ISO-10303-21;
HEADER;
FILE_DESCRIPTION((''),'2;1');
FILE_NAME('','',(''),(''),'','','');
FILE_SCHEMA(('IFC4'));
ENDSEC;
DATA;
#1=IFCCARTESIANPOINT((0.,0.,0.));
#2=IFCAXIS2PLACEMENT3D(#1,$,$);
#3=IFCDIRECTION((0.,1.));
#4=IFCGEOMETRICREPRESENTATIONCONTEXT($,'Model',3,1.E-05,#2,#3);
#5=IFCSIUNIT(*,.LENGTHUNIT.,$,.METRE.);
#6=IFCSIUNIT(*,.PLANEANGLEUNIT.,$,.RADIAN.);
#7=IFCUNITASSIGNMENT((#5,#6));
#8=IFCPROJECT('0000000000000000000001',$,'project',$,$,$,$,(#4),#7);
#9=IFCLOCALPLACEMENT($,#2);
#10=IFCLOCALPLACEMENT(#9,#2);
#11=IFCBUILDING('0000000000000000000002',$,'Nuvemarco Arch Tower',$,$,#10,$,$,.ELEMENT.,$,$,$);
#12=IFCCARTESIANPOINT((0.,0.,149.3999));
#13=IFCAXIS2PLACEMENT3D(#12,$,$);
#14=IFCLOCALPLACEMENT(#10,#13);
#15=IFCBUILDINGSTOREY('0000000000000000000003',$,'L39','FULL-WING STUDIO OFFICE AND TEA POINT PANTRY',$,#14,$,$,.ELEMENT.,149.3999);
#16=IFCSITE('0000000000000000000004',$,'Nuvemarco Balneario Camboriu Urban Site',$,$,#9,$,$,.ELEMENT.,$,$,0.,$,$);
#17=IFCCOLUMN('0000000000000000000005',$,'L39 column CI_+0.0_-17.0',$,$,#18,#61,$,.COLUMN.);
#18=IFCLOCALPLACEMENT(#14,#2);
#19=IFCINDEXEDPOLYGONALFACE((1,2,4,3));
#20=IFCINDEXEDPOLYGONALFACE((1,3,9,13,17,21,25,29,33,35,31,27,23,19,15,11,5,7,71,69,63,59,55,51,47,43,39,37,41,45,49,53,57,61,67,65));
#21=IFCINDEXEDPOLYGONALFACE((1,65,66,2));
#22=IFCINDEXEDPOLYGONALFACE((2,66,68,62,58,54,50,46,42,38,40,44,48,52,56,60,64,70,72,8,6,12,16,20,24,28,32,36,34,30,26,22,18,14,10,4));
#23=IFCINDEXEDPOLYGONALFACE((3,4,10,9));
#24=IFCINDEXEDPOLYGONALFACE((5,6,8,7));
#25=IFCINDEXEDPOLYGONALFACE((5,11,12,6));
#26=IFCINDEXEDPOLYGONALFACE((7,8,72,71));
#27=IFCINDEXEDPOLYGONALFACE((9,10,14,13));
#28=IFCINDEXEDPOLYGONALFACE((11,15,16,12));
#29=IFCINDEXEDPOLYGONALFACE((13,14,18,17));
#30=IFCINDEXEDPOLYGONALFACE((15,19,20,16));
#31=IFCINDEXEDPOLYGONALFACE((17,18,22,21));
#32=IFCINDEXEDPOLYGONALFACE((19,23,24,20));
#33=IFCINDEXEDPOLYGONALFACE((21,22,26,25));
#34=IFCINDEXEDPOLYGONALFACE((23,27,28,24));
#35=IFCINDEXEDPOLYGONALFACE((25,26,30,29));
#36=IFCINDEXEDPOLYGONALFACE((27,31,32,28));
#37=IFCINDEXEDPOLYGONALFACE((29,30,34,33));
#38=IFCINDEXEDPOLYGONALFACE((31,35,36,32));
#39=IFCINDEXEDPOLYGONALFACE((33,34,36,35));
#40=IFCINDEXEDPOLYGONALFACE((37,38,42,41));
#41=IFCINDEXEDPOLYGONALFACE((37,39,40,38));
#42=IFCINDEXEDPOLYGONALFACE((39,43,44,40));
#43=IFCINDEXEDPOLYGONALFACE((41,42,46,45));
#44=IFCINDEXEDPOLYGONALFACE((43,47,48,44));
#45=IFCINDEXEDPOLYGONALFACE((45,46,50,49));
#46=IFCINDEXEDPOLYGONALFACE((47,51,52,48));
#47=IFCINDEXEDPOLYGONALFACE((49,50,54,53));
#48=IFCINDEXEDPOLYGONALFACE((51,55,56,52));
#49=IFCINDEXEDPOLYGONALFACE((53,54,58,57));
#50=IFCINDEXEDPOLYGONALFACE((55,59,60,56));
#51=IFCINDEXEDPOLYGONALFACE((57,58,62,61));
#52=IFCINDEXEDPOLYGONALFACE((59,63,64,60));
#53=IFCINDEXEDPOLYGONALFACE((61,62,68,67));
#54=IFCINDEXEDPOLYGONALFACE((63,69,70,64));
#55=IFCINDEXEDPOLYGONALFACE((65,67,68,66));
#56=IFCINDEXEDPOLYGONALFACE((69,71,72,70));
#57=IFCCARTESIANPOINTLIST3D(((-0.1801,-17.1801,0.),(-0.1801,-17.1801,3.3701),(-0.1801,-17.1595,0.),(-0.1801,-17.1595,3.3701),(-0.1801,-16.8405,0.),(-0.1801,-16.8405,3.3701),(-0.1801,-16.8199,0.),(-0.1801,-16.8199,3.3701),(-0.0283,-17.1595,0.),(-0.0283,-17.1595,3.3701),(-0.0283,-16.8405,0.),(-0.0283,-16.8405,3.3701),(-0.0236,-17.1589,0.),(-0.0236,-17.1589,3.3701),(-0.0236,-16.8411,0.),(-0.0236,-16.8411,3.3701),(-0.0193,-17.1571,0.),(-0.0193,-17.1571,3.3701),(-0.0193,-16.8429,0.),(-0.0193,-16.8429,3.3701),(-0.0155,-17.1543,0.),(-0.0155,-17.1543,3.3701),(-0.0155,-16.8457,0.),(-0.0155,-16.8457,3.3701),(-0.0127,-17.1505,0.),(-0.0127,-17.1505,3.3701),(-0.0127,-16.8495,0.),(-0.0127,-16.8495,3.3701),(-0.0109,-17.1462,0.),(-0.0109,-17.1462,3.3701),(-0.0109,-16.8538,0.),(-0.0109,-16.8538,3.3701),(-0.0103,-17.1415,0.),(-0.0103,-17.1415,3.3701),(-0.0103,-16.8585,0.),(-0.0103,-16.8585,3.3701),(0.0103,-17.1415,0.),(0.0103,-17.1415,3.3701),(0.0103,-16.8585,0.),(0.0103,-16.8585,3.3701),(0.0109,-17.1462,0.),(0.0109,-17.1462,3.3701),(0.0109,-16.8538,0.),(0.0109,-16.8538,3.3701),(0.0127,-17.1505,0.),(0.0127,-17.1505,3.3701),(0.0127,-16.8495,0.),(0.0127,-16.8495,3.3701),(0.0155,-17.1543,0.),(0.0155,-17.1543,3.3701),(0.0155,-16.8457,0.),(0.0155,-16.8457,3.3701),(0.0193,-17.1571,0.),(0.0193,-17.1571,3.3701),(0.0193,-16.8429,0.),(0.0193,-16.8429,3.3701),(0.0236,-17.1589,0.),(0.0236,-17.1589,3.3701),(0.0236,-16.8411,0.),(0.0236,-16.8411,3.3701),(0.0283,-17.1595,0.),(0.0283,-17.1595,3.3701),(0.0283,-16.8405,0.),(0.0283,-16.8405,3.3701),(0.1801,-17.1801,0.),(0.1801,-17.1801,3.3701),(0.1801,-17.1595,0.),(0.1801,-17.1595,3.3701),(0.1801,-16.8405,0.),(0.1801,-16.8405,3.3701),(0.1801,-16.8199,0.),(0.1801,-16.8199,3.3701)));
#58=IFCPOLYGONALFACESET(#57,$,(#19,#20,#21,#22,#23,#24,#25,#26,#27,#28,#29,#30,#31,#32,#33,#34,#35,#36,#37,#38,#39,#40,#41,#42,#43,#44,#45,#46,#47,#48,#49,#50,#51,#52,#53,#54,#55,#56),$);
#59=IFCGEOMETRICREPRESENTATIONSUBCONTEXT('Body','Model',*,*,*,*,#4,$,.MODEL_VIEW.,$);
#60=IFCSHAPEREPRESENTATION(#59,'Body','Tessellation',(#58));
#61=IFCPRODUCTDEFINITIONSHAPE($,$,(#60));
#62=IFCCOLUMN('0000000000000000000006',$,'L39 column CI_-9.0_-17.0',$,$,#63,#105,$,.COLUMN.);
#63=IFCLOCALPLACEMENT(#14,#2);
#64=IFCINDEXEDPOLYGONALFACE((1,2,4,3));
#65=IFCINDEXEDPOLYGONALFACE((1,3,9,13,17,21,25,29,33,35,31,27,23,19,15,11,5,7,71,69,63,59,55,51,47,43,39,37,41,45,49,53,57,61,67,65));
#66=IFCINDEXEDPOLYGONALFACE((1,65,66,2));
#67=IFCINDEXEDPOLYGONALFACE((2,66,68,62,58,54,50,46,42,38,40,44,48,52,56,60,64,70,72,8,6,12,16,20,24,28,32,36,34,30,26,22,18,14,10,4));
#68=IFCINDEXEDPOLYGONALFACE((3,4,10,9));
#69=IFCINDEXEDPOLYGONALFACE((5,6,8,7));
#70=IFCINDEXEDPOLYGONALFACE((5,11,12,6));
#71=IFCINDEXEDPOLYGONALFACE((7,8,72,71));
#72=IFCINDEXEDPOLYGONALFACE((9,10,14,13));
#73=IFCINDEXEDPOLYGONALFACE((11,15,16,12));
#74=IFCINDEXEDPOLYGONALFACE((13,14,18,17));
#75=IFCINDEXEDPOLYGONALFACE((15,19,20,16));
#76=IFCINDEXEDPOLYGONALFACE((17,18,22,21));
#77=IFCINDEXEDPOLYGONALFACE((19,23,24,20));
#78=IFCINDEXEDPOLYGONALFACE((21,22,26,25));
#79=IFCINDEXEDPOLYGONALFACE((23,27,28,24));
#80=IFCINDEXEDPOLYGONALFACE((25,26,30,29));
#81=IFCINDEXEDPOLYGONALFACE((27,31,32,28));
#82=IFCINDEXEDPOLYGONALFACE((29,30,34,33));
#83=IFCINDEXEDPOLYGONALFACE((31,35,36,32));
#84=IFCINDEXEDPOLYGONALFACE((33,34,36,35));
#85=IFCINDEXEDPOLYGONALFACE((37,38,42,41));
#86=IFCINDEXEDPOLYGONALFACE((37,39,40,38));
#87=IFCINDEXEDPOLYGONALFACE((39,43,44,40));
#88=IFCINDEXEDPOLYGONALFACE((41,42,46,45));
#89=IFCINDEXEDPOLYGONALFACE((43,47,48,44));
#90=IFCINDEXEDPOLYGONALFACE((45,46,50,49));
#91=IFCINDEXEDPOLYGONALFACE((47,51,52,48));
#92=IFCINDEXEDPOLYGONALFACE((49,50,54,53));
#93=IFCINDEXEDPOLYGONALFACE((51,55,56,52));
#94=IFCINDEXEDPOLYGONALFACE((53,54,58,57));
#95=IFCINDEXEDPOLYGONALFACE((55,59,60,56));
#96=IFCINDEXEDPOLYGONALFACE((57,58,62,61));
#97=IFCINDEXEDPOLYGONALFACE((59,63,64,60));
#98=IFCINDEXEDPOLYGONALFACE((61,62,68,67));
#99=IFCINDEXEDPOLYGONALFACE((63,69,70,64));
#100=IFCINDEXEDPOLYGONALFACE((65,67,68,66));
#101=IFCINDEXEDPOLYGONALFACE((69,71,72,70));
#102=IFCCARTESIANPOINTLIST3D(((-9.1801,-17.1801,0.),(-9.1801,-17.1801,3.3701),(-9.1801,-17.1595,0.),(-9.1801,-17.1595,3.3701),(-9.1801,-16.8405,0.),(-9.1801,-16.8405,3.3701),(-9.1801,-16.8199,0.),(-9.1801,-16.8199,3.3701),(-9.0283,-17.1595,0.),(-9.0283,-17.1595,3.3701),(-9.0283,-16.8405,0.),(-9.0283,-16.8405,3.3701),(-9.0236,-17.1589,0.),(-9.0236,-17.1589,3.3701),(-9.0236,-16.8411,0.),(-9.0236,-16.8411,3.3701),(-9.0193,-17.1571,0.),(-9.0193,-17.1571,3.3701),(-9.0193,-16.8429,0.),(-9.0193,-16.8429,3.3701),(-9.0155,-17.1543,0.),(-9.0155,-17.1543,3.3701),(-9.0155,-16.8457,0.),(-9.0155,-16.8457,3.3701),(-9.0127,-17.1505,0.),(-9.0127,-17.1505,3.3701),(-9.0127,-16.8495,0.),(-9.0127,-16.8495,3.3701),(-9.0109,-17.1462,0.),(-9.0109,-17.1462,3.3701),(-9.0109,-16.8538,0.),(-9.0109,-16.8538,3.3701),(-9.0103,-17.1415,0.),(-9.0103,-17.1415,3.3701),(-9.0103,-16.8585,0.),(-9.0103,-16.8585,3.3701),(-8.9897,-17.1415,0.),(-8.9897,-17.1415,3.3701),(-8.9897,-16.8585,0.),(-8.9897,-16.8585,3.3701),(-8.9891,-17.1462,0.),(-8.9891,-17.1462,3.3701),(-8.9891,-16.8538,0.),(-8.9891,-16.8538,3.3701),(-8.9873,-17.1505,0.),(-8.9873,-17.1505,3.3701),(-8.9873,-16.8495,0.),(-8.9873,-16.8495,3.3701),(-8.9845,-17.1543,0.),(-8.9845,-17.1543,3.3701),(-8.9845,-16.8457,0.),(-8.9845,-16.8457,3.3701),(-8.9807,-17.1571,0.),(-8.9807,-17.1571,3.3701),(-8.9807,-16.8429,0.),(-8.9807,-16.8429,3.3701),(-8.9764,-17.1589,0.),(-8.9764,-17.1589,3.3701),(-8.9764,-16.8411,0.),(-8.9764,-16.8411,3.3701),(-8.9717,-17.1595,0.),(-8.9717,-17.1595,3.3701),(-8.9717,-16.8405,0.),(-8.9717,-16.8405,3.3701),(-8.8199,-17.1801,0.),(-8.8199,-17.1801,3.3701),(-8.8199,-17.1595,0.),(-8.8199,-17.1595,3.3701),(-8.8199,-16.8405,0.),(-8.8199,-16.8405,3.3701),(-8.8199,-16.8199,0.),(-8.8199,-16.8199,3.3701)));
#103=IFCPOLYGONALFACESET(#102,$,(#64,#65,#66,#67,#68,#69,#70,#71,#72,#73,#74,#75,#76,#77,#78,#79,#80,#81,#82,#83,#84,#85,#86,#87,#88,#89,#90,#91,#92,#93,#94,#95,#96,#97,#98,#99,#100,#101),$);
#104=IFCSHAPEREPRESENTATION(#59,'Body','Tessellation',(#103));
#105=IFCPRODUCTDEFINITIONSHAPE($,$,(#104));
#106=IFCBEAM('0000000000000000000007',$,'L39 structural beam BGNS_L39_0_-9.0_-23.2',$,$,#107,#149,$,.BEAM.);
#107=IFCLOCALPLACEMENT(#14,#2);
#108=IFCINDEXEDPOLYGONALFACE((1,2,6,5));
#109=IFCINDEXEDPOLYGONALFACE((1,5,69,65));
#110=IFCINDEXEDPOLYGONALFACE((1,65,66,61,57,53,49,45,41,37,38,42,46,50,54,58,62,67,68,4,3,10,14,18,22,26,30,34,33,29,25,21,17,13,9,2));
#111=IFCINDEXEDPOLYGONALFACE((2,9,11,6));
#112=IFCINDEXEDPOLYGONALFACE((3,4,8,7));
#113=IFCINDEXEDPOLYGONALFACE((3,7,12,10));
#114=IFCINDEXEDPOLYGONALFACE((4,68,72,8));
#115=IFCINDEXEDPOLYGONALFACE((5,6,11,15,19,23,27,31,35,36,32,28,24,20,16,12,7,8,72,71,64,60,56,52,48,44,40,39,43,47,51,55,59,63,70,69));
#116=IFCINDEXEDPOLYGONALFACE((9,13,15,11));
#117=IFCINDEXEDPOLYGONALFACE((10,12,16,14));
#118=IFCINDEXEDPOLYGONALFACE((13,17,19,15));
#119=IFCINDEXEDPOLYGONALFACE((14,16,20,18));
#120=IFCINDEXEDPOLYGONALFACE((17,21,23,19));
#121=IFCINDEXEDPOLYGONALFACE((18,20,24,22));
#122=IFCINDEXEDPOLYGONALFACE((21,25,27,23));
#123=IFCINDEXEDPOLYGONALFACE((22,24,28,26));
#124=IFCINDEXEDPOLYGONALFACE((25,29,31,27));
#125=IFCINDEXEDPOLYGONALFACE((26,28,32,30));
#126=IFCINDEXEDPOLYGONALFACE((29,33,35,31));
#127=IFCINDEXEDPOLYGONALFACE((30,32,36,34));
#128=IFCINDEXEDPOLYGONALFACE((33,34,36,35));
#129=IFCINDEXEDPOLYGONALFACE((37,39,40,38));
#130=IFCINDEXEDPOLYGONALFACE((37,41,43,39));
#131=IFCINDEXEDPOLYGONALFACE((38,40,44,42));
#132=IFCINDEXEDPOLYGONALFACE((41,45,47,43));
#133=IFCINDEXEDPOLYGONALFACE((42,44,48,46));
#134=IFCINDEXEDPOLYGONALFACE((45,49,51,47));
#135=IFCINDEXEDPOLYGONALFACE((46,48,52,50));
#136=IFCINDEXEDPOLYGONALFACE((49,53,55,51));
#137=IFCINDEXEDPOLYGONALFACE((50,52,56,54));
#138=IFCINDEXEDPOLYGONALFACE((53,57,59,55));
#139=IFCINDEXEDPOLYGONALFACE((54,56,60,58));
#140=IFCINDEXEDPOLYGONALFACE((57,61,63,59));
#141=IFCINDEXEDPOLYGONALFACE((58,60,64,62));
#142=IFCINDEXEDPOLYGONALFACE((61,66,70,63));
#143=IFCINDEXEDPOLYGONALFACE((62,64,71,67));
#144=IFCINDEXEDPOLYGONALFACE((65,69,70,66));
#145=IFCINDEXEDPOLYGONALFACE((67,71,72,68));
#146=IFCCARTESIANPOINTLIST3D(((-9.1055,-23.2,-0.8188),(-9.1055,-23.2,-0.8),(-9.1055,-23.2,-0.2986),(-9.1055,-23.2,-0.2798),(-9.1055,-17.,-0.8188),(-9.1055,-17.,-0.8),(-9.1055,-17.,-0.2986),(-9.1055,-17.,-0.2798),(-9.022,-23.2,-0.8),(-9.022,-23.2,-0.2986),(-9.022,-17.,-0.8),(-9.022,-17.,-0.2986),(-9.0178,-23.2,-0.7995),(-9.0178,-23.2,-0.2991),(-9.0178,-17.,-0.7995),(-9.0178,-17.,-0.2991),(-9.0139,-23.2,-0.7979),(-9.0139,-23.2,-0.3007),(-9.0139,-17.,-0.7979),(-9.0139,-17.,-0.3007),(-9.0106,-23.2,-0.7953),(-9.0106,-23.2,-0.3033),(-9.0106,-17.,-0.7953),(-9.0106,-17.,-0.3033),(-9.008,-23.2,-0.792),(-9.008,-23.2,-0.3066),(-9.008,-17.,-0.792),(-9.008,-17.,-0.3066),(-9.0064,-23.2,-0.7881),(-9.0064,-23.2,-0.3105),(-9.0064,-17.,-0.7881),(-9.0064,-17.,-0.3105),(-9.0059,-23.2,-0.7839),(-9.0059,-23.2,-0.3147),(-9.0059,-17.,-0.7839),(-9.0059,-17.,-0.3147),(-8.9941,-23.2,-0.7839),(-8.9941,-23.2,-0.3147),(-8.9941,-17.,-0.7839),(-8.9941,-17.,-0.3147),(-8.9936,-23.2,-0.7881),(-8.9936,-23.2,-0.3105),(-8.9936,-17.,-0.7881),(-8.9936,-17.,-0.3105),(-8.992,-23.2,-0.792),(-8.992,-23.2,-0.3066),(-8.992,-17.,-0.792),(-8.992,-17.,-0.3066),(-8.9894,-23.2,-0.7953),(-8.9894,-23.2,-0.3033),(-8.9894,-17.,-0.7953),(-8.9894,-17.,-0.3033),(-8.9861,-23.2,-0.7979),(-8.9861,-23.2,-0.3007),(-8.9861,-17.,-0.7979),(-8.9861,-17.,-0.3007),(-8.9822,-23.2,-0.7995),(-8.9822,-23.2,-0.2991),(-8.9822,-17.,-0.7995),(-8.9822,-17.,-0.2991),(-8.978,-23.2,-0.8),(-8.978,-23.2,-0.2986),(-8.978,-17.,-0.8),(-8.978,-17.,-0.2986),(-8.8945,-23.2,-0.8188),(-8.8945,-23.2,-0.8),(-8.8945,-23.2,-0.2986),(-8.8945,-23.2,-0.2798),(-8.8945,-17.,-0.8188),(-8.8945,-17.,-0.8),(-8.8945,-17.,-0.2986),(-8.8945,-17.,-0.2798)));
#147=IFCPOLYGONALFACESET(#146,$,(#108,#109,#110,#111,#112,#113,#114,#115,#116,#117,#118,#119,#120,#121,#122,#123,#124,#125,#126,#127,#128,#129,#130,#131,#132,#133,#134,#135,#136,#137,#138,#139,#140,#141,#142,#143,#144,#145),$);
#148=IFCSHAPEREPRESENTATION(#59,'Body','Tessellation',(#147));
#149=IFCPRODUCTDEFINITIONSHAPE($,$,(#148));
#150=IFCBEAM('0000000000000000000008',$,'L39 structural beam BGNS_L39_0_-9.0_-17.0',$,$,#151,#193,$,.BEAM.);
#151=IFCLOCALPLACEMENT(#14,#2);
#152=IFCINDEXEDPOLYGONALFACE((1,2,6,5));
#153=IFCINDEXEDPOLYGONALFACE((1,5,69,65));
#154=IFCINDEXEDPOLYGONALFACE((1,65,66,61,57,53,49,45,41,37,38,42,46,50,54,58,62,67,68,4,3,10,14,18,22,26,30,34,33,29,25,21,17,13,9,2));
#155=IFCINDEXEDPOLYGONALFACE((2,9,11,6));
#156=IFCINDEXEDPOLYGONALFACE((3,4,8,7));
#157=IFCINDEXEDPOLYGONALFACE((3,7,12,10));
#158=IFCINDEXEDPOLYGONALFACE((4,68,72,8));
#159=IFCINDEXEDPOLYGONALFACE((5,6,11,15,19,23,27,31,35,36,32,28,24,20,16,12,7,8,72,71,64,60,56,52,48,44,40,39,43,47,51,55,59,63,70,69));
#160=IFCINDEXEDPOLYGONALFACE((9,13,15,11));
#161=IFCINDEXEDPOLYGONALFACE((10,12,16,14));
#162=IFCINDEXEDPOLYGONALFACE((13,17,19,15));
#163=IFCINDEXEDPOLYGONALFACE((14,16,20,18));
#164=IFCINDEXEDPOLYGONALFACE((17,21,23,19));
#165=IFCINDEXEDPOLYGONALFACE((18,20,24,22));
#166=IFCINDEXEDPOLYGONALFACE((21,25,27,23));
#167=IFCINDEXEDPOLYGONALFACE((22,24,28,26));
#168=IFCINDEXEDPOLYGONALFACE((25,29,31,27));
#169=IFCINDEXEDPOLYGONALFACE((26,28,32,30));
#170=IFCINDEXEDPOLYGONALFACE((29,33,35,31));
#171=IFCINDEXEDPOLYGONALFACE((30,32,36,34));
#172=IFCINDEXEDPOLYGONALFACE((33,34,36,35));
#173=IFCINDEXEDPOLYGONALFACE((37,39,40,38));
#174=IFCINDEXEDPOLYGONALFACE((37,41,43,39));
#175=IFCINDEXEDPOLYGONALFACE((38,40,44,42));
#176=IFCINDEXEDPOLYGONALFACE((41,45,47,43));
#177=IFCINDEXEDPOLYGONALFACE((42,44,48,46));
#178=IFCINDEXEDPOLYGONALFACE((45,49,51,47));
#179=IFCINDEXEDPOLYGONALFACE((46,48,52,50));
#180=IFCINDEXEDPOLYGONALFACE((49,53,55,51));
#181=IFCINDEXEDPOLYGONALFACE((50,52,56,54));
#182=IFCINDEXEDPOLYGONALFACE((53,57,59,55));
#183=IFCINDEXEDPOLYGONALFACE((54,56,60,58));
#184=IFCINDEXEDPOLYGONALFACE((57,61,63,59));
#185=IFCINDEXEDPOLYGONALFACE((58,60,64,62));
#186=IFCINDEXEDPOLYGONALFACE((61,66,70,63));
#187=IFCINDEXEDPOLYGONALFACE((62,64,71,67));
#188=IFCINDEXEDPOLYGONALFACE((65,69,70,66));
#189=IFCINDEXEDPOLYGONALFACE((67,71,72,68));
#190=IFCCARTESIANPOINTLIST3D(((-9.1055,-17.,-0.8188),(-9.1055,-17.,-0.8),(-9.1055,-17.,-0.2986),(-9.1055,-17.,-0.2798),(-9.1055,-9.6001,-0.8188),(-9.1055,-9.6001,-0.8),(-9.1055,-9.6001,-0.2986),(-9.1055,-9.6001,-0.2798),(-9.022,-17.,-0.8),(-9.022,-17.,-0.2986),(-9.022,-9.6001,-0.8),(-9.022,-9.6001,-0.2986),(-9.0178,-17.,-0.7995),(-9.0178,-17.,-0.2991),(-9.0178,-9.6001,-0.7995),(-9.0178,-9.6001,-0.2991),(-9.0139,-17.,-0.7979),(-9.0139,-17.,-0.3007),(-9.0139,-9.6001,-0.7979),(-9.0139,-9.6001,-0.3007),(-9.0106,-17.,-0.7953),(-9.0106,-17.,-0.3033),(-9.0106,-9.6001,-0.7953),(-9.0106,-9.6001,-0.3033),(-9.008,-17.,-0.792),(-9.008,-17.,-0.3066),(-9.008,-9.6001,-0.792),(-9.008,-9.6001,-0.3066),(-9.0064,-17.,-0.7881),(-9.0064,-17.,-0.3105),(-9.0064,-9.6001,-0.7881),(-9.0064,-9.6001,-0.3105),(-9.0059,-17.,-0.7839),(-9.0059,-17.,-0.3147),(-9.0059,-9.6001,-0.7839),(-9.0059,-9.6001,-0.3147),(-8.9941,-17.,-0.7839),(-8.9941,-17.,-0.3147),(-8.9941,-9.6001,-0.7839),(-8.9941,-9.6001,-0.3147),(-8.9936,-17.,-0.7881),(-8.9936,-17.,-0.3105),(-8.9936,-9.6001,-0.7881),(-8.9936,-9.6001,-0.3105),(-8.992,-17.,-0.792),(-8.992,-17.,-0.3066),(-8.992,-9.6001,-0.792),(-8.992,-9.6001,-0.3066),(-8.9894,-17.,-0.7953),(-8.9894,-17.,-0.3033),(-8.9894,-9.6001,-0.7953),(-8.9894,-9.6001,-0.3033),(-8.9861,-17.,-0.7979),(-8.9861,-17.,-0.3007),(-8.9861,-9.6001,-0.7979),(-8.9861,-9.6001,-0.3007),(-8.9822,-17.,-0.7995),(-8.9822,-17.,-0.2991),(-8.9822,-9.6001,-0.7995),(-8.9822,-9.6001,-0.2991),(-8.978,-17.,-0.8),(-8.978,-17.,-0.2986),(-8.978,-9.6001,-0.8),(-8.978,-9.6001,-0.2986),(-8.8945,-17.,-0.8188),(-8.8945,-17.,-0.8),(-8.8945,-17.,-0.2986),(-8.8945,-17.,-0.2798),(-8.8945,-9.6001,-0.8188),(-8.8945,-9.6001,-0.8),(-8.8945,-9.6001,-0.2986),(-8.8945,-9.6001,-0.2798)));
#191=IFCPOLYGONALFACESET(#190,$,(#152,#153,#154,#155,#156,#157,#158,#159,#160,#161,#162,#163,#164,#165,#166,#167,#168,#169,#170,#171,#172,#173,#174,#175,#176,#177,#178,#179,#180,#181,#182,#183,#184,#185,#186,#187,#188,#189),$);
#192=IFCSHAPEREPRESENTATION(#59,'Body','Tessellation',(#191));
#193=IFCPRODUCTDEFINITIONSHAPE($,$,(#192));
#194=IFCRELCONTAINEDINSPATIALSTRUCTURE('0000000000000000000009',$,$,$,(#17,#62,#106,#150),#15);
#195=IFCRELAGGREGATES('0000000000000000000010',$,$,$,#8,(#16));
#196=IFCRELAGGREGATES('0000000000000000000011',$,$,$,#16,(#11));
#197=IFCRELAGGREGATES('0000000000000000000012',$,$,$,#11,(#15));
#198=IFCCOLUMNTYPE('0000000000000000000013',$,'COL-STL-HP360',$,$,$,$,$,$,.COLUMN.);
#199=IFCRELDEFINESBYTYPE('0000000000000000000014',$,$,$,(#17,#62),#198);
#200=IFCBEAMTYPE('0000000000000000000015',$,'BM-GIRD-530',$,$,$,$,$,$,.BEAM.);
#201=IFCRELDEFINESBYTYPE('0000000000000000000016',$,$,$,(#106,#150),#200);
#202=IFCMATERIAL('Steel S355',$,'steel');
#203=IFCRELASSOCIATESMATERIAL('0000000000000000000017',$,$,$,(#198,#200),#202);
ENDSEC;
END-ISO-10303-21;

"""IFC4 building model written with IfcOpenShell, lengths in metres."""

from ifc_helpers import new_model, si_unit, direction, frame, origin, origin_2d, place, context, subcontext, project, spatial, i_section, extrude, material, material_profile, profile_set, type_object, element, save


model = new_model("IFC4")

# Units and contexts
model_context = context("Model", 3, precision=1e-05, world=origin(), true_north=direction((0.0, 1.0)))
body_context = subcontext(model_context, "Body", "Model", "MODEL_VIEW")
ifc_project = project(units=[si_unit("LENGTHUNIT", "METRE"), si_unit("PLANEANGLEUNIT", "RADIAN")], contexts=[model_context])

# Site, building, storey
site_placement = place(None, origin())
site = spatial("IfcSite", under=ifc_project, at=site_placement, Name="Nuvemarco Balneario Camboriu Urban Site", CompositionType="ELEMENT", RefElevation=0.0)
building_placement = place(site_placement, origin())
building = spatial("IfcBuilding", under=site, at=building_placement, Name="Nuvemarco Arch Tower", CompositionType="ELEMENT")
storey_placement = place(building_placement, frame((0.0, 0.0, 149.3999)))
storey = spatial("IfcBuildingStorey", under=building, at=storey_placement, Name="L39", Description="FULL-WING STUDIO OFFICE AND TEA POINT PANTRY", CompositionType="ELEMENT", Elevation=149.3999)

# Columns
ifc_material_1 = material(Name="Steel S355", Category="steel")
ifc_material_profile_1 = material_profile(ifc_material_1, i_section(OverallWidth=0.3601, OverallDepth=0.3601, WebThickness=0.0205, FlangeThickness=0.0205, FilletRadius=0.0181, at=origin_2d()), Name="HP360x174")
ifc_profile_set_1 = profile_set([ifc_material_profile_1], Name="Steel S355")
column_type_1 = type_object("IfcColumnType", Name="COL-STL-HP360", PredefinedType="COLUMN", material=ifc_profile_set_1)
for number, where, z_axis, x_axis, name in (
    (1, (0.0, -17.0, 0.0), (0.0, 0.0, 1.0), (1.0, 0.0, 0.0), "L39 column CI_+0.0_-17.0"),
    (2, (-9.0, -17.0, 0.0), (0.0, 0.0, 1.0), (1.0, 0.0, 0.0), "L39 column CI_-9.0_-17.0"),
):
    element("IfcColumn", number, at=place(storey_placement, frame(where, z_axis=z_axis, x_axis=x_axis)), inside=storey, type_object=column_type_1, Name=name, PredefinedType="COLUMN", context=body_context, shape_type="SweptSolid", body=[
        extrude(i_section(OverallWidth=0.3601, OverallDepth=0.3601, WebThickness=0.0205, FlangeThickness=0.0205, FilletRadius=0.0181, at=origin_2d()), origin(), (0.0, 0.0, 1.0), 3.3701),
    ])

# Beams
ifc_material_profile_2 = material_profile(ifc_material_1, i_section(OverallWidth=0.2109, OverallDepth=0.5391, WebThickness=0.0117, FlangeThickness=0.0188, FilletRadius=0.0161, at=origin_2d()), Name="W530x109")
ifc_profile_set_2 = profile_set([ifc_material_profile_2], Name="Steel S355")
beam_type_1 = type_object("IfcBeamType", Name="BM-GIRD-530", PredefinedType="BEAM", material=ifc_profile_set_2)
beam_1_placement = place(storey_placement, frame((-9.0, -23.2, -0.5493), z_axis=(0.0, 1.0, 0.0), x_axis=(-1.0, 0.0, 0.0)))
element("IfcBeam", 3, at=beam_1_placement, inside=storey, type_object=beam_type_1, Name="L39 structural beam BGNS_L39_0_-9.0_-23.2", PredefinedType="BEAM", context=body_context, shape_type="SweptSolid", body=[
    extrude(i_section(OverallWidth=0.2109, OverallDepth=0.5391, WebThickness=0.0117, FlangeThickness=0.0188, FilletRadius=0.0161, at=origin_2d()), origin(), (0.0, 0.0, 1.0), 6.2),
])
beam_2_placement = place(storey_placement, frame((-9.0, -17.0, -0.5493), z_axis=(0.0, 1.0, 0.0), x_axis=(-1.0, 0.0, 0.0)))
element("IfcBeam", 4, at=beam_2_placement, inside=storey, type_object=beam_type_1, Name="L39 structural beam BGNS_L39_0_-9.0_-17.0", PredefinedType="BEAM", context=body_context, shape_type="SweptSolid", body=[
    extrude(i_section(OverallWidth=0.2109, OverallDepth=0.5391, WebThickness=0.0117, FlangeThickness=0.0188, FilletRadius=0.0161, at=origin_2d()), origin(), (0.0, 0.0, 1.0), 7.3999),
])

save(model, "model.ifc")
